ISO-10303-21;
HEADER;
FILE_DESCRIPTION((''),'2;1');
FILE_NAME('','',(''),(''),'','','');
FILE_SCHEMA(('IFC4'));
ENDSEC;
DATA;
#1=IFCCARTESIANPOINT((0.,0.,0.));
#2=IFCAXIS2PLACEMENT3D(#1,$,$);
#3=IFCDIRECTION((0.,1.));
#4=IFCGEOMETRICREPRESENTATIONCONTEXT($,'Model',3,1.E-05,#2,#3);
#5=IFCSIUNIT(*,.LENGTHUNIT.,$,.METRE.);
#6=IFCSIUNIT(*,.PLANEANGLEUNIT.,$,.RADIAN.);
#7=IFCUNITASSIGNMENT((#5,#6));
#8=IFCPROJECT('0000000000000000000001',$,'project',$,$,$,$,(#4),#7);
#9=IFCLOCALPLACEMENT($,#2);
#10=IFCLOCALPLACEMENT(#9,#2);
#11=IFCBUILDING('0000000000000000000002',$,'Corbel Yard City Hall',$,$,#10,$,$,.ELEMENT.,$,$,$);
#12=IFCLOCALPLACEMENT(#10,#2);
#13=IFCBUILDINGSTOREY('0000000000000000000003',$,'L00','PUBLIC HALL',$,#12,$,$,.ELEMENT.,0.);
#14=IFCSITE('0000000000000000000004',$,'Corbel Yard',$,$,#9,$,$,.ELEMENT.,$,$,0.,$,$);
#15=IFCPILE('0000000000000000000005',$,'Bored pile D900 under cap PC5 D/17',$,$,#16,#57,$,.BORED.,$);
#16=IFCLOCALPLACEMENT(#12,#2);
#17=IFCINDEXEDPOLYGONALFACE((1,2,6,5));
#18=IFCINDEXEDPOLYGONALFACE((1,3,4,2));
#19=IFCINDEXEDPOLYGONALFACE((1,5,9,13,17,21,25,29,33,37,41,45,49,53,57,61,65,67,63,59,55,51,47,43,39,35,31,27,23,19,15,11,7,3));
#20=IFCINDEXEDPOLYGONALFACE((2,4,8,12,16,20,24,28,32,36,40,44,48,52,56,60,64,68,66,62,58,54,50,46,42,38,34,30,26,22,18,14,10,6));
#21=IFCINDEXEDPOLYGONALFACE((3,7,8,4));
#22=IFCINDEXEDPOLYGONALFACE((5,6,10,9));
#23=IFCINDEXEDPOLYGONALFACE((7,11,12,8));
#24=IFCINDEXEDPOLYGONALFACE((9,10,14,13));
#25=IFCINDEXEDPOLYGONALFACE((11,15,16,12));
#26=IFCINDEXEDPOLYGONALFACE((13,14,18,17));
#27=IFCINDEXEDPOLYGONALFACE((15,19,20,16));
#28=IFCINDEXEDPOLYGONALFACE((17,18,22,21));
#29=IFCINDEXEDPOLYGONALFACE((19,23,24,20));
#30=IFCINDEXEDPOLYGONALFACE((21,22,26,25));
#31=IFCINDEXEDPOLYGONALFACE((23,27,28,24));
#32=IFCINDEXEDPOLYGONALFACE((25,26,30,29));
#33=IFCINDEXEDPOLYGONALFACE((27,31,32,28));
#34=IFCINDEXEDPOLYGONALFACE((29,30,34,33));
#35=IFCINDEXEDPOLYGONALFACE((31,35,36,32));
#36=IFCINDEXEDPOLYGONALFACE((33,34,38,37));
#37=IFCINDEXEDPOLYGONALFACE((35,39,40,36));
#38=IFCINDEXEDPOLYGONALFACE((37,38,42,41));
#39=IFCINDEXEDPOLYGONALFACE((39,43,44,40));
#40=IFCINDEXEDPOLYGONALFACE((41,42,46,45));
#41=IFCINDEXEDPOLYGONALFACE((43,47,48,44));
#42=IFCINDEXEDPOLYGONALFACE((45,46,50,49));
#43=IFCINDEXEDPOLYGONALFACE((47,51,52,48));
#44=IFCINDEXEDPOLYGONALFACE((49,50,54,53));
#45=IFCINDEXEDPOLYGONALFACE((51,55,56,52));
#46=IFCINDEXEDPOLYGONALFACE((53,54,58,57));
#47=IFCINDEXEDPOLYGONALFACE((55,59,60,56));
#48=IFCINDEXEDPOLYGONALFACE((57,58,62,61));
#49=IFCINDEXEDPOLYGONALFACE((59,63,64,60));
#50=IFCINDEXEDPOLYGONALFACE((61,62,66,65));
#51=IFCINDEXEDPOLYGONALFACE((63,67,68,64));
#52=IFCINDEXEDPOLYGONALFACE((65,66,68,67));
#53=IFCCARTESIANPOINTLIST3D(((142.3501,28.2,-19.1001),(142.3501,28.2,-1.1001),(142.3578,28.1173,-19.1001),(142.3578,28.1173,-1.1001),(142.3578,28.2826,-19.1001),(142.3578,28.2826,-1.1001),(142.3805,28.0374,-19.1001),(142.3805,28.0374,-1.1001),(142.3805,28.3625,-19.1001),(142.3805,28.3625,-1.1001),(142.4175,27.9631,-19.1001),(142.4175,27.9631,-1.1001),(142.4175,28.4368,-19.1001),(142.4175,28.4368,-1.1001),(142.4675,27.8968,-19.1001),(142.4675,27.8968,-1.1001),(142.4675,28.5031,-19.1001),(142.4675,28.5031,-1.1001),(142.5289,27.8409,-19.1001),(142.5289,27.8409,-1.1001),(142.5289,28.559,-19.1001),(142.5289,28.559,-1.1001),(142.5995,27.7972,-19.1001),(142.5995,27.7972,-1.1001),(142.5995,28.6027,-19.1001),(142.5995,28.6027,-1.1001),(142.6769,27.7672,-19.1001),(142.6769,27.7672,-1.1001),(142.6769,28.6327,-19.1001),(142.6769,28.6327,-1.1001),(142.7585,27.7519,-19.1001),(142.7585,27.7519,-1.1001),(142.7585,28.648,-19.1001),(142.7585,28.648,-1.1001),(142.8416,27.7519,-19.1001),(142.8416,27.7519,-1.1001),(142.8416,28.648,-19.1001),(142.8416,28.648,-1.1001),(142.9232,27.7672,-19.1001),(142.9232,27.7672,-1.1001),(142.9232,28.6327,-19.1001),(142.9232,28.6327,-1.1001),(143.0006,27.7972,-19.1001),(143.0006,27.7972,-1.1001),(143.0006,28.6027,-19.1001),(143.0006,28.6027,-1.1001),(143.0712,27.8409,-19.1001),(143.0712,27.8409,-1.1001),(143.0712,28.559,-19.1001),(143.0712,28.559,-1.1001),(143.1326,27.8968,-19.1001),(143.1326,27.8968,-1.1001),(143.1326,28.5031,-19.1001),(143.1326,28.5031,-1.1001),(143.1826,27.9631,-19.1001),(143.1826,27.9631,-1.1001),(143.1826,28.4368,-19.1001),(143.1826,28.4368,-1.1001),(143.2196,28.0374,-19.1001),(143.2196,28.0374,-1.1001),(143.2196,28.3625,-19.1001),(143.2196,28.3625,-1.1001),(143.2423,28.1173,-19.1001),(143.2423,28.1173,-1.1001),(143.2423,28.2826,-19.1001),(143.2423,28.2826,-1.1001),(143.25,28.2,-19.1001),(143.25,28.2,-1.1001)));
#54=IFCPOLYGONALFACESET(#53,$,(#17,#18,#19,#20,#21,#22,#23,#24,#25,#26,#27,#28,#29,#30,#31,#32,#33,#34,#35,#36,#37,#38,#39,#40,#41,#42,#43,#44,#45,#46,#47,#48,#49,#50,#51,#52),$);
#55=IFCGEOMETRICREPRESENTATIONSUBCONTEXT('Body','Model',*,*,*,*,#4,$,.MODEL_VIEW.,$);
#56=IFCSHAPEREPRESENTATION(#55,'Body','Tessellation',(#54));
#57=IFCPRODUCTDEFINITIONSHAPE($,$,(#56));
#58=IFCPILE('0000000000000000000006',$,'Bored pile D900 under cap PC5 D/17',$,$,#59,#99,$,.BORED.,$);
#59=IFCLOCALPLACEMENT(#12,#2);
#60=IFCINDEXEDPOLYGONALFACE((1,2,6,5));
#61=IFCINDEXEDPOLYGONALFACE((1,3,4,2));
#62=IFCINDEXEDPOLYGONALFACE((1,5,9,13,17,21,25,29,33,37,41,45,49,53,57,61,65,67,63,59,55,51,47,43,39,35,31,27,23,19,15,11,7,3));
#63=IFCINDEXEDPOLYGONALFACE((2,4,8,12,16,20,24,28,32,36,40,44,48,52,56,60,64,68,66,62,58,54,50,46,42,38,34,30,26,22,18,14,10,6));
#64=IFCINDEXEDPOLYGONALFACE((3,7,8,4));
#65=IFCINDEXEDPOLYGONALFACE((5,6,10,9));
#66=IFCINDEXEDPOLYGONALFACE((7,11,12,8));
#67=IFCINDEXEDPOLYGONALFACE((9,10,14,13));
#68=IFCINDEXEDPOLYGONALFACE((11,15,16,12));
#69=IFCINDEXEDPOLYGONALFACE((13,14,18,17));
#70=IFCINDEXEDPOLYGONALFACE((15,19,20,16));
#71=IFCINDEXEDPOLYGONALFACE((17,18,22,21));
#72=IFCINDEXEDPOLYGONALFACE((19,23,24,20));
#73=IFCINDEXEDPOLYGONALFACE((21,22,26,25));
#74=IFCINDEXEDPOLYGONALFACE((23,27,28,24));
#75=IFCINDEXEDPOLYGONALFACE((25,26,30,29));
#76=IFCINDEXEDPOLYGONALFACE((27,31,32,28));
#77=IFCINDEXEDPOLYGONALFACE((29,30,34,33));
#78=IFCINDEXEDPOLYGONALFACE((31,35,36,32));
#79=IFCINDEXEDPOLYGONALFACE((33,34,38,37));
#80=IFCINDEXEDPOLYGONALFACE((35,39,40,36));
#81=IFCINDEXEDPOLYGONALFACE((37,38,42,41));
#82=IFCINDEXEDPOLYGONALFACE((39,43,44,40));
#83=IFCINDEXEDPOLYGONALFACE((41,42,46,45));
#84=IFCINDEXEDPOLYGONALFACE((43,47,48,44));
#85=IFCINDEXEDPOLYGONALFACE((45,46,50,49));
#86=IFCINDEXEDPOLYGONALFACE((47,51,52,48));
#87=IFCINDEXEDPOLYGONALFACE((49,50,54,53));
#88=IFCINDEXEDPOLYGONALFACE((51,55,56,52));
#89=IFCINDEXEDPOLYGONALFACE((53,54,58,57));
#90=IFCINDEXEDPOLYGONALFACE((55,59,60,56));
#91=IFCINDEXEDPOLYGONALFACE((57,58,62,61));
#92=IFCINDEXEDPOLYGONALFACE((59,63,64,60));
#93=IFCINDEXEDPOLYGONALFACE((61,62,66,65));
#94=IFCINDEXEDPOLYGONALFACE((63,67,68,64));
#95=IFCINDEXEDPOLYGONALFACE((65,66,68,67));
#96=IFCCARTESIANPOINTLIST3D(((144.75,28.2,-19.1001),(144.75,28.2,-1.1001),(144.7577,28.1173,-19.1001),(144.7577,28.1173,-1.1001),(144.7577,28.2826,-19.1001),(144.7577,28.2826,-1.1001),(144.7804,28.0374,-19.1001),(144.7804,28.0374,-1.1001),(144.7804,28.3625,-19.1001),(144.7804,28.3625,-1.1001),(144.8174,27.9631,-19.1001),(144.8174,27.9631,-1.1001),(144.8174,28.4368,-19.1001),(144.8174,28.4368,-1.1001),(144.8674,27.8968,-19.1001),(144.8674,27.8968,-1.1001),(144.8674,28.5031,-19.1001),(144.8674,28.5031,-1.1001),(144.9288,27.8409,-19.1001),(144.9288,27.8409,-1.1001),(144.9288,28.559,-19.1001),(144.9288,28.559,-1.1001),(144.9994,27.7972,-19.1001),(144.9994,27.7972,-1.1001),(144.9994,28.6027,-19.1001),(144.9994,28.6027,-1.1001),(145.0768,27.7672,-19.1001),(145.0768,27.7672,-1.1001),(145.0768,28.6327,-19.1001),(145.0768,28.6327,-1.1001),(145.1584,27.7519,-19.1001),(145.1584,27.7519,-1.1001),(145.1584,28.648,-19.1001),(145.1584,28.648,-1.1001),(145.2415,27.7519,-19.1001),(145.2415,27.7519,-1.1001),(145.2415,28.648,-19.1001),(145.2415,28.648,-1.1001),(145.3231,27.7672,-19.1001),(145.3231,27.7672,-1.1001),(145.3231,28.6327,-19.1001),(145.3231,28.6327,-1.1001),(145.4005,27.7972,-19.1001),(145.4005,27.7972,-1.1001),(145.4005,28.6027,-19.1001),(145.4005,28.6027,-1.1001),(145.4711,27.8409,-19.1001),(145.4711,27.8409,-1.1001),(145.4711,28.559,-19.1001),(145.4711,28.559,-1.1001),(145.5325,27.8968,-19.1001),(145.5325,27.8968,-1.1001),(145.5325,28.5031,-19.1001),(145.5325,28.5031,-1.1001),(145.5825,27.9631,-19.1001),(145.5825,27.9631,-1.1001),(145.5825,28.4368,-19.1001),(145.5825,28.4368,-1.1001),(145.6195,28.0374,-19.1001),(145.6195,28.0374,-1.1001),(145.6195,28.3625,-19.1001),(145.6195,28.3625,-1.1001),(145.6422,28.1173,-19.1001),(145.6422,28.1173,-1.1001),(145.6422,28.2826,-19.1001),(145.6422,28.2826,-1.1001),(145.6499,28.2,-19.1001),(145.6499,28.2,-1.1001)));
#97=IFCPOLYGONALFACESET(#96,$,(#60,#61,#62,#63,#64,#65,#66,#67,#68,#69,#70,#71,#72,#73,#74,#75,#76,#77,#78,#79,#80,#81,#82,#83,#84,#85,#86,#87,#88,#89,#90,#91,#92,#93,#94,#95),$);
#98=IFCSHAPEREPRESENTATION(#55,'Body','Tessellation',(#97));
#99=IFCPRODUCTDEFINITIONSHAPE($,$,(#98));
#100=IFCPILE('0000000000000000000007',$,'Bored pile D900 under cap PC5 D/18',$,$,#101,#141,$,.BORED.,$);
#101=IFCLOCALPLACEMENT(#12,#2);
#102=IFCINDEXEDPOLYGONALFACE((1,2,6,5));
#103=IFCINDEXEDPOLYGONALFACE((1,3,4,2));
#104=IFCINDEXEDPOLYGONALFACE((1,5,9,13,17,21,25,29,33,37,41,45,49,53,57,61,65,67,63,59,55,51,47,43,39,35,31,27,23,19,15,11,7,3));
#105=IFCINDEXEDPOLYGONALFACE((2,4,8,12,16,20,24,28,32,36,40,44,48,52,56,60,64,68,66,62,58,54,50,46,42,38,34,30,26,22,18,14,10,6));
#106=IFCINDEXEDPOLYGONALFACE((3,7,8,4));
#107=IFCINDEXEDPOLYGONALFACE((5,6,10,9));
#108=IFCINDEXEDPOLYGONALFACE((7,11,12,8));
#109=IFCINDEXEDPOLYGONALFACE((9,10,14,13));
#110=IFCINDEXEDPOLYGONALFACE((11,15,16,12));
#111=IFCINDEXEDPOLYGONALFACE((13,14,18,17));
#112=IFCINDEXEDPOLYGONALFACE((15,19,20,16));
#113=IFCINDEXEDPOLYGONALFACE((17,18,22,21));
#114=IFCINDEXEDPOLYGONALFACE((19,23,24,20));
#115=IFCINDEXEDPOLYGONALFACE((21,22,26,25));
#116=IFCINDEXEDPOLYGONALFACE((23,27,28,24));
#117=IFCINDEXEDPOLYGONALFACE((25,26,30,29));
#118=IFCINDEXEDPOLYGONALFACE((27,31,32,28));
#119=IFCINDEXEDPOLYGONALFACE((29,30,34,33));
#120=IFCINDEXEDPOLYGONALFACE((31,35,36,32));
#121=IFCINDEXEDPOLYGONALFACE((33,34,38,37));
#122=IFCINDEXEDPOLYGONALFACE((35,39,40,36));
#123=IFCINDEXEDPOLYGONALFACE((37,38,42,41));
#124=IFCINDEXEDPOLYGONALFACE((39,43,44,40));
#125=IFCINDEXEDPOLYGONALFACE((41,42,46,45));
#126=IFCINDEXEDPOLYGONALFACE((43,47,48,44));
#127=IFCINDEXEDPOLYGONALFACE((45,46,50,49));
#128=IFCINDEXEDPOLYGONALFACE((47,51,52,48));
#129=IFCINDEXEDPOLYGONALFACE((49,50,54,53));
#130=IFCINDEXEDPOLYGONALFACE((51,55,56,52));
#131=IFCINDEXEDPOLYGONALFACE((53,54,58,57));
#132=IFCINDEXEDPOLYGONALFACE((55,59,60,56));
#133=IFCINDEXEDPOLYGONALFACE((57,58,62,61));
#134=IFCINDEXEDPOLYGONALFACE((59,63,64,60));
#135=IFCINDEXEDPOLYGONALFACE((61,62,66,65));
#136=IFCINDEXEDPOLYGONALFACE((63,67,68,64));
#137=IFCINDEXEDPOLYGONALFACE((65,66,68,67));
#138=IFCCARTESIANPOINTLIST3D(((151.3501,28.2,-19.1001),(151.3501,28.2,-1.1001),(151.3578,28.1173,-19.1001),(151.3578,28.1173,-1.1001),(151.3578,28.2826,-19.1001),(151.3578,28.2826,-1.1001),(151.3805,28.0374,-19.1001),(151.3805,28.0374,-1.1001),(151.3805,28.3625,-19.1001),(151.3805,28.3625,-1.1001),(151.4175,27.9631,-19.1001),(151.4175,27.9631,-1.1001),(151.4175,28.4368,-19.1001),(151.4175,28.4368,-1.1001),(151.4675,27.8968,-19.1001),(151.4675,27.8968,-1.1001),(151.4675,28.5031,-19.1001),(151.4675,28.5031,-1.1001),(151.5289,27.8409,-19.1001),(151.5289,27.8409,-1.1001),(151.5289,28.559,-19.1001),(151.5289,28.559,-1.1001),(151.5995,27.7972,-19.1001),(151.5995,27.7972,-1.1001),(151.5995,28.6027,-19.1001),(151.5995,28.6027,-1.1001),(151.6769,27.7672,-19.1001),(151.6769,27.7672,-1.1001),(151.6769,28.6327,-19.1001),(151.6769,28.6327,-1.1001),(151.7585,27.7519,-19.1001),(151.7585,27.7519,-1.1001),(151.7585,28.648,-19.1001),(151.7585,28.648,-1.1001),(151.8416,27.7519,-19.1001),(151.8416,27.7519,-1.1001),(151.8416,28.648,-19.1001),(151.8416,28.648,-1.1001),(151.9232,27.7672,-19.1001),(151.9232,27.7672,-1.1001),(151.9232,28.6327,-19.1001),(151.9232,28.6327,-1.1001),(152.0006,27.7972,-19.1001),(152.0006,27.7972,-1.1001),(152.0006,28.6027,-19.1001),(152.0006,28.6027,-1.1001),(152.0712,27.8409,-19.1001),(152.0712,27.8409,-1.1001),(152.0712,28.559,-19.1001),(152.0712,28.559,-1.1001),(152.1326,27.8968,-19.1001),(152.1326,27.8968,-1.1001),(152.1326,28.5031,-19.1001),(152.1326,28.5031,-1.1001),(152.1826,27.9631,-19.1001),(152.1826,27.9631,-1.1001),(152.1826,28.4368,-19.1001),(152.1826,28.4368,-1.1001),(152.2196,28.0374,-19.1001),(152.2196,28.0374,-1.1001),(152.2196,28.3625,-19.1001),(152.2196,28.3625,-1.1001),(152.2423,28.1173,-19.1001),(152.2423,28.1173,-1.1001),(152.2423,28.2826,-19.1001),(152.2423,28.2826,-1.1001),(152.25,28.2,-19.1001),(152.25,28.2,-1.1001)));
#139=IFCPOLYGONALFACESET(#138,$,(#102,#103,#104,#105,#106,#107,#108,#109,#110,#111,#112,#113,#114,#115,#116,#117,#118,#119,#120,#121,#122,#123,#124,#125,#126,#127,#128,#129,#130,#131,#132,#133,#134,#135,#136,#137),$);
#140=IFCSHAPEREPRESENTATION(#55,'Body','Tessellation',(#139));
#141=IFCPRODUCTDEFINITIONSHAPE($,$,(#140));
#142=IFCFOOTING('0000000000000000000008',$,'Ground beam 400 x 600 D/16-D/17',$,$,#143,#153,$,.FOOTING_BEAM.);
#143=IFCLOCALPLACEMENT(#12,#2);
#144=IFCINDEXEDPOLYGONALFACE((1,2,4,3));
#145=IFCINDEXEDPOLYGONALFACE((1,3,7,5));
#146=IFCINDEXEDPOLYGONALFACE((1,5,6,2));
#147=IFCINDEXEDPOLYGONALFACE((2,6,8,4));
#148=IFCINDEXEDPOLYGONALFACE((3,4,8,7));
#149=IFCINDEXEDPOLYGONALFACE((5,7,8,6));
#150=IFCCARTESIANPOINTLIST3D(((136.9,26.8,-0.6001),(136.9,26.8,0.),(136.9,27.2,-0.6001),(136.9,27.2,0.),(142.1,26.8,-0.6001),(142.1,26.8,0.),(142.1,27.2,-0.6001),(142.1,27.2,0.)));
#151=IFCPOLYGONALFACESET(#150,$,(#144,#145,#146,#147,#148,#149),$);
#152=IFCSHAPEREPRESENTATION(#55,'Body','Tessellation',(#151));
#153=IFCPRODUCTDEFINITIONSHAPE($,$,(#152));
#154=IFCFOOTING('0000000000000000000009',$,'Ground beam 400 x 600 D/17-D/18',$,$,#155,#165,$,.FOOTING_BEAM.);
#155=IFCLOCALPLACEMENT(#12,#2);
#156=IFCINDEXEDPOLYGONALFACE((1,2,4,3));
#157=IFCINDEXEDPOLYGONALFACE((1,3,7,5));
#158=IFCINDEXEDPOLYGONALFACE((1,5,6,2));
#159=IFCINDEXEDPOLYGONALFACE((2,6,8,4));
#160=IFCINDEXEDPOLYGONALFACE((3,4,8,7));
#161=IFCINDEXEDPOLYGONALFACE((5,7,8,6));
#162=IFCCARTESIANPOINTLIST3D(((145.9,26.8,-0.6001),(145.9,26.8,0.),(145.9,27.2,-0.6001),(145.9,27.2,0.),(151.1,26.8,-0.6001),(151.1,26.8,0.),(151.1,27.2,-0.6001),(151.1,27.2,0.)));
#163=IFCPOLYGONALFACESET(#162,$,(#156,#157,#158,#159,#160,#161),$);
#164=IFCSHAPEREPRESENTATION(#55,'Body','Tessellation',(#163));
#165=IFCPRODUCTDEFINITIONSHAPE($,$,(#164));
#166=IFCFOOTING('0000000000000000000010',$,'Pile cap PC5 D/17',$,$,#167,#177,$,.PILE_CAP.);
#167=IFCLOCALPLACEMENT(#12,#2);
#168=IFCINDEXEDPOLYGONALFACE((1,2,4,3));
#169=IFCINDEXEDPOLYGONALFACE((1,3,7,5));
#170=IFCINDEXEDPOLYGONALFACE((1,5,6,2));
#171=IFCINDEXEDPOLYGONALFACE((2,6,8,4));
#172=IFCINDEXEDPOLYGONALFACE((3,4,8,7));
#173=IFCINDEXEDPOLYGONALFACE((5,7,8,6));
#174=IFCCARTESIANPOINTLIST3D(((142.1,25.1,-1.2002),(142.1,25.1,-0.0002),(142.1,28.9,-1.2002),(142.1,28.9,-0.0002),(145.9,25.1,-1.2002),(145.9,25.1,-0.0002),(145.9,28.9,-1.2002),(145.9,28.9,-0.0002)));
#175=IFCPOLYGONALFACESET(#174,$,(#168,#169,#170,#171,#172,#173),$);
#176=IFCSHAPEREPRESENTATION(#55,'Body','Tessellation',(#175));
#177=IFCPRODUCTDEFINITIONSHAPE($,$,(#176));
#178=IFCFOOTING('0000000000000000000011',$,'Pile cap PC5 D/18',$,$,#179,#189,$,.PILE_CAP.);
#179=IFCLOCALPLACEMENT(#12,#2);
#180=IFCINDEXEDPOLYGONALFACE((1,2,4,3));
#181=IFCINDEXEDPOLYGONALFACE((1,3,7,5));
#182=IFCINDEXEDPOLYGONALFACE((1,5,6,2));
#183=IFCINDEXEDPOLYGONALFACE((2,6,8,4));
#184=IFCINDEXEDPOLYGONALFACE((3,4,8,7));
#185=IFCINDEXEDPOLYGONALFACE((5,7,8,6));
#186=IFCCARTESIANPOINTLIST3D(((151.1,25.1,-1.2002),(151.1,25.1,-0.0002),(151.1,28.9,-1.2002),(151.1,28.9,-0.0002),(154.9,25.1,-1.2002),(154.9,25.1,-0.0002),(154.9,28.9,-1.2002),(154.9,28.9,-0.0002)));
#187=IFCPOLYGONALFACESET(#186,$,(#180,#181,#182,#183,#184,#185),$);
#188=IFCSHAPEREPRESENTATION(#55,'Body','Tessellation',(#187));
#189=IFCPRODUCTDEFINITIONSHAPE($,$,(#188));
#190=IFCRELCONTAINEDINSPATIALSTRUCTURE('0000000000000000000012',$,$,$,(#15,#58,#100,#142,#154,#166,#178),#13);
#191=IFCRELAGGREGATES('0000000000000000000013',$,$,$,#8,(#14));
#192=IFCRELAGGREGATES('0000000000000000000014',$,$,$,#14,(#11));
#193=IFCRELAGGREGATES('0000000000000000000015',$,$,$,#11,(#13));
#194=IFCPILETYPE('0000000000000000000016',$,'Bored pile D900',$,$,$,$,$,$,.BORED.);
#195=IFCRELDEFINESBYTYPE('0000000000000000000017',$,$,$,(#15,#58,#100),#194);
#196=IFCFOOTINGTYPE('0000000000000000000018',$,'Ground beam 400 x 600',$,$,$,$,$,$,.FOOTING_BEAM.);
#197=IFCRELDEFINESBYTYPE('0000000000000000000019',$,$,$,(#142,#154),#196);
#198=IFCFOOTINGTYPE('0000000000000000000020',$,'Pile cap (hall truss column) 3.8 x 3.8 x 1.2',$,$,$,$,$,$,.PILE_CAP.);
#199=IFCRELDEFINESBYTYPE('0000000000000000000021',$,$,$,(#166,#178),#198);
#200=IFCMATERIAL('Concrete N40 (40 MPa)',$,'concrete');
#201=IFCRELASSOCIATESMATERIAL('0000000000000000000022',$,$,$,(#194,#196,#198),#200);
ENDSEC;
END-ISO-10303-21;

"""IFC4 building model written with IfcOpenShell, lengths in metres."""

from ifc_helpers import new_model, si_unit, direction, frame, origin, origin_2d, place, context, subcontext, project, spatial, rectangle, circle, extrude, material, material_profile, profile_set, type_object, element, save


model = new_model("IFC4")

# Units and contexts
model_context = context("Model", 3, precision=1e-05, world=origin(), true_north=direction((0.0, 1.0)))
body_context = subcontext(model_context, "Body", "Model", "MODEL_VIEW")
ifc_project = project(units=[si_unit("LENGTHUNIT", "METRE"), si_unit("PLANEANGLEUNIT", "RADIAN")], contexts=[model_context])

# Site, building, storey
site_placement = place(None, origin())
site = spatial("IfcSite", under=ifc_project, at=site_placement, Name="Corbel Yard", CompositionType="ELEMENT", RefElevation=0.0)
building_placement = place(site_placement, origin())
building = spatial("IfcBuilding", under=site, at=building_placement, Name="Corbel Yard City Hall", CompositionType="ELEMENT")
storey_placement = place(building_placement, origin())
storey = spatial("IfcBuildingStorey", under=building, at=storey_placement, Name="L00", Description="PUBLIC HALL", CompositionType="ELEMENT", Elevation=0.0)

# Piles
ifc_material_1 = material(Name="Concrete N40 (40 MPa)", Category="concrete")
ifc_material_profile_1 = material_profile(ifc_material_1, circle(Radius=0.45, at=origin_2d()), Name="D900")
ifc_profile_set_1 = profile_set([ifc_material_profile_1], Name="Concrete N40 (40 MPa)")
pile_type = type_object("IfcPileType", Name="Bored pile D900", PredefinedType="BORED", material=ifc_profile_set_1)
for number, where, z_axis, x_axis, name in (
    (1, (142.8, 28.2, -1.1001), (0.0, 0.0, -1.0), (1.0, 0.0, 0.0), "Bored pile D900 under cap PC5 D/17"),
    (2, (145.2, 28.2, -1.1001), (0.0, 0.0, -1.0), (1.0, 0.0, 0.0), "Bored pile D900 under cap PC5 D/17"),
    (3, (151.8, 28.2, -1.1001), (0.0, 0.0, -1.0), (1.0, 0.0, 0.0), "Bored pile D900 under cap PC5 D/18"),
):
    element("IfcPile", number, at=place(storey_placement, frame(where, z_axis=z_axis, x_axis=x_axis)), inside=storey, type_object=pile_type, Name=name, PredefinedType="BORED", context=body_context, shape_type="SweptSolid", body=[
        extrude(circle(Radius=0.45, at=origin_2d()), origin(), (0.0, 0.0, 1.0), 18.0),
    ])

# Footings
footing_type_1 = type_object("IfcFootingType", Name="Ground beam 400 x 600", PredefinedType="FOOTING_BEAM", material=ifc_material_1)
for number, where, z_axis, x_axis, name in (
    (4, (139.5, 27.0, -0.6001), (0.0, 0.0, 1.0), (1.0, 0.0, 0.0), "Ground beam 400 x 600 D/16-D/17"),
    (5, (148.5, 27.0, -0.6001), (0.0, 0.0, 1.0), (1.0, 0.0, 0.0), "Ground beam 400 x 600 D/17-D/18"),
):
    element("IfcFooting", number, at=place(storey_placement, frame(where, z_axis=z_axis, x_axis=x_axis)), inside=storey, type_object=footing_type_1, Name=name, PredefinedType="FOOTING_BEAM", context=body_context, shape_type="SweptSolid", body=[
        extrude(rectangle(XDim=5.2, YDim=0.3999, at=origin_2d()), origin(), (0.0, 0.0, 1.0), 0.6001),
    ])
footing_type_2 = type_object("IfcFootingType", Name="Pile cap (hall truss column) 3.8 x 3.8 x 1.2", PredefinedType="PILE_CAP", material=ifc_material_1)
for number, where, z_axis, x_axis, name in (
    (6, (144.0, 27.0, -1.2002), (0.0, 0.0, 1.0), (1.0, 0.0, 0.0), "Pile cap PC5 D/17"),
    (7, (153.0, 27.0, -1.2002), (0.0, 0.0, 1.0), (1.0, 0.0, 0.0), "Pile cap PC5 D/18"),
):
    element("IfcFooting", number, at=place(storey_placement, frame(where, z_axis=z_axis, x_axis=x_axis)), inside=storey, type_object=footing_type_2, Name=name, PredefinedType="PILE_CAP", context=body_context, shape_type="SweptSolid", body=[
        extrude(rectangle(XDim=3.8, YDim=3.8, at=origin_2d()), origin(), (0.0, 0.0, 1.0), 1.2),
    ])

save(model, "model.ifc")
